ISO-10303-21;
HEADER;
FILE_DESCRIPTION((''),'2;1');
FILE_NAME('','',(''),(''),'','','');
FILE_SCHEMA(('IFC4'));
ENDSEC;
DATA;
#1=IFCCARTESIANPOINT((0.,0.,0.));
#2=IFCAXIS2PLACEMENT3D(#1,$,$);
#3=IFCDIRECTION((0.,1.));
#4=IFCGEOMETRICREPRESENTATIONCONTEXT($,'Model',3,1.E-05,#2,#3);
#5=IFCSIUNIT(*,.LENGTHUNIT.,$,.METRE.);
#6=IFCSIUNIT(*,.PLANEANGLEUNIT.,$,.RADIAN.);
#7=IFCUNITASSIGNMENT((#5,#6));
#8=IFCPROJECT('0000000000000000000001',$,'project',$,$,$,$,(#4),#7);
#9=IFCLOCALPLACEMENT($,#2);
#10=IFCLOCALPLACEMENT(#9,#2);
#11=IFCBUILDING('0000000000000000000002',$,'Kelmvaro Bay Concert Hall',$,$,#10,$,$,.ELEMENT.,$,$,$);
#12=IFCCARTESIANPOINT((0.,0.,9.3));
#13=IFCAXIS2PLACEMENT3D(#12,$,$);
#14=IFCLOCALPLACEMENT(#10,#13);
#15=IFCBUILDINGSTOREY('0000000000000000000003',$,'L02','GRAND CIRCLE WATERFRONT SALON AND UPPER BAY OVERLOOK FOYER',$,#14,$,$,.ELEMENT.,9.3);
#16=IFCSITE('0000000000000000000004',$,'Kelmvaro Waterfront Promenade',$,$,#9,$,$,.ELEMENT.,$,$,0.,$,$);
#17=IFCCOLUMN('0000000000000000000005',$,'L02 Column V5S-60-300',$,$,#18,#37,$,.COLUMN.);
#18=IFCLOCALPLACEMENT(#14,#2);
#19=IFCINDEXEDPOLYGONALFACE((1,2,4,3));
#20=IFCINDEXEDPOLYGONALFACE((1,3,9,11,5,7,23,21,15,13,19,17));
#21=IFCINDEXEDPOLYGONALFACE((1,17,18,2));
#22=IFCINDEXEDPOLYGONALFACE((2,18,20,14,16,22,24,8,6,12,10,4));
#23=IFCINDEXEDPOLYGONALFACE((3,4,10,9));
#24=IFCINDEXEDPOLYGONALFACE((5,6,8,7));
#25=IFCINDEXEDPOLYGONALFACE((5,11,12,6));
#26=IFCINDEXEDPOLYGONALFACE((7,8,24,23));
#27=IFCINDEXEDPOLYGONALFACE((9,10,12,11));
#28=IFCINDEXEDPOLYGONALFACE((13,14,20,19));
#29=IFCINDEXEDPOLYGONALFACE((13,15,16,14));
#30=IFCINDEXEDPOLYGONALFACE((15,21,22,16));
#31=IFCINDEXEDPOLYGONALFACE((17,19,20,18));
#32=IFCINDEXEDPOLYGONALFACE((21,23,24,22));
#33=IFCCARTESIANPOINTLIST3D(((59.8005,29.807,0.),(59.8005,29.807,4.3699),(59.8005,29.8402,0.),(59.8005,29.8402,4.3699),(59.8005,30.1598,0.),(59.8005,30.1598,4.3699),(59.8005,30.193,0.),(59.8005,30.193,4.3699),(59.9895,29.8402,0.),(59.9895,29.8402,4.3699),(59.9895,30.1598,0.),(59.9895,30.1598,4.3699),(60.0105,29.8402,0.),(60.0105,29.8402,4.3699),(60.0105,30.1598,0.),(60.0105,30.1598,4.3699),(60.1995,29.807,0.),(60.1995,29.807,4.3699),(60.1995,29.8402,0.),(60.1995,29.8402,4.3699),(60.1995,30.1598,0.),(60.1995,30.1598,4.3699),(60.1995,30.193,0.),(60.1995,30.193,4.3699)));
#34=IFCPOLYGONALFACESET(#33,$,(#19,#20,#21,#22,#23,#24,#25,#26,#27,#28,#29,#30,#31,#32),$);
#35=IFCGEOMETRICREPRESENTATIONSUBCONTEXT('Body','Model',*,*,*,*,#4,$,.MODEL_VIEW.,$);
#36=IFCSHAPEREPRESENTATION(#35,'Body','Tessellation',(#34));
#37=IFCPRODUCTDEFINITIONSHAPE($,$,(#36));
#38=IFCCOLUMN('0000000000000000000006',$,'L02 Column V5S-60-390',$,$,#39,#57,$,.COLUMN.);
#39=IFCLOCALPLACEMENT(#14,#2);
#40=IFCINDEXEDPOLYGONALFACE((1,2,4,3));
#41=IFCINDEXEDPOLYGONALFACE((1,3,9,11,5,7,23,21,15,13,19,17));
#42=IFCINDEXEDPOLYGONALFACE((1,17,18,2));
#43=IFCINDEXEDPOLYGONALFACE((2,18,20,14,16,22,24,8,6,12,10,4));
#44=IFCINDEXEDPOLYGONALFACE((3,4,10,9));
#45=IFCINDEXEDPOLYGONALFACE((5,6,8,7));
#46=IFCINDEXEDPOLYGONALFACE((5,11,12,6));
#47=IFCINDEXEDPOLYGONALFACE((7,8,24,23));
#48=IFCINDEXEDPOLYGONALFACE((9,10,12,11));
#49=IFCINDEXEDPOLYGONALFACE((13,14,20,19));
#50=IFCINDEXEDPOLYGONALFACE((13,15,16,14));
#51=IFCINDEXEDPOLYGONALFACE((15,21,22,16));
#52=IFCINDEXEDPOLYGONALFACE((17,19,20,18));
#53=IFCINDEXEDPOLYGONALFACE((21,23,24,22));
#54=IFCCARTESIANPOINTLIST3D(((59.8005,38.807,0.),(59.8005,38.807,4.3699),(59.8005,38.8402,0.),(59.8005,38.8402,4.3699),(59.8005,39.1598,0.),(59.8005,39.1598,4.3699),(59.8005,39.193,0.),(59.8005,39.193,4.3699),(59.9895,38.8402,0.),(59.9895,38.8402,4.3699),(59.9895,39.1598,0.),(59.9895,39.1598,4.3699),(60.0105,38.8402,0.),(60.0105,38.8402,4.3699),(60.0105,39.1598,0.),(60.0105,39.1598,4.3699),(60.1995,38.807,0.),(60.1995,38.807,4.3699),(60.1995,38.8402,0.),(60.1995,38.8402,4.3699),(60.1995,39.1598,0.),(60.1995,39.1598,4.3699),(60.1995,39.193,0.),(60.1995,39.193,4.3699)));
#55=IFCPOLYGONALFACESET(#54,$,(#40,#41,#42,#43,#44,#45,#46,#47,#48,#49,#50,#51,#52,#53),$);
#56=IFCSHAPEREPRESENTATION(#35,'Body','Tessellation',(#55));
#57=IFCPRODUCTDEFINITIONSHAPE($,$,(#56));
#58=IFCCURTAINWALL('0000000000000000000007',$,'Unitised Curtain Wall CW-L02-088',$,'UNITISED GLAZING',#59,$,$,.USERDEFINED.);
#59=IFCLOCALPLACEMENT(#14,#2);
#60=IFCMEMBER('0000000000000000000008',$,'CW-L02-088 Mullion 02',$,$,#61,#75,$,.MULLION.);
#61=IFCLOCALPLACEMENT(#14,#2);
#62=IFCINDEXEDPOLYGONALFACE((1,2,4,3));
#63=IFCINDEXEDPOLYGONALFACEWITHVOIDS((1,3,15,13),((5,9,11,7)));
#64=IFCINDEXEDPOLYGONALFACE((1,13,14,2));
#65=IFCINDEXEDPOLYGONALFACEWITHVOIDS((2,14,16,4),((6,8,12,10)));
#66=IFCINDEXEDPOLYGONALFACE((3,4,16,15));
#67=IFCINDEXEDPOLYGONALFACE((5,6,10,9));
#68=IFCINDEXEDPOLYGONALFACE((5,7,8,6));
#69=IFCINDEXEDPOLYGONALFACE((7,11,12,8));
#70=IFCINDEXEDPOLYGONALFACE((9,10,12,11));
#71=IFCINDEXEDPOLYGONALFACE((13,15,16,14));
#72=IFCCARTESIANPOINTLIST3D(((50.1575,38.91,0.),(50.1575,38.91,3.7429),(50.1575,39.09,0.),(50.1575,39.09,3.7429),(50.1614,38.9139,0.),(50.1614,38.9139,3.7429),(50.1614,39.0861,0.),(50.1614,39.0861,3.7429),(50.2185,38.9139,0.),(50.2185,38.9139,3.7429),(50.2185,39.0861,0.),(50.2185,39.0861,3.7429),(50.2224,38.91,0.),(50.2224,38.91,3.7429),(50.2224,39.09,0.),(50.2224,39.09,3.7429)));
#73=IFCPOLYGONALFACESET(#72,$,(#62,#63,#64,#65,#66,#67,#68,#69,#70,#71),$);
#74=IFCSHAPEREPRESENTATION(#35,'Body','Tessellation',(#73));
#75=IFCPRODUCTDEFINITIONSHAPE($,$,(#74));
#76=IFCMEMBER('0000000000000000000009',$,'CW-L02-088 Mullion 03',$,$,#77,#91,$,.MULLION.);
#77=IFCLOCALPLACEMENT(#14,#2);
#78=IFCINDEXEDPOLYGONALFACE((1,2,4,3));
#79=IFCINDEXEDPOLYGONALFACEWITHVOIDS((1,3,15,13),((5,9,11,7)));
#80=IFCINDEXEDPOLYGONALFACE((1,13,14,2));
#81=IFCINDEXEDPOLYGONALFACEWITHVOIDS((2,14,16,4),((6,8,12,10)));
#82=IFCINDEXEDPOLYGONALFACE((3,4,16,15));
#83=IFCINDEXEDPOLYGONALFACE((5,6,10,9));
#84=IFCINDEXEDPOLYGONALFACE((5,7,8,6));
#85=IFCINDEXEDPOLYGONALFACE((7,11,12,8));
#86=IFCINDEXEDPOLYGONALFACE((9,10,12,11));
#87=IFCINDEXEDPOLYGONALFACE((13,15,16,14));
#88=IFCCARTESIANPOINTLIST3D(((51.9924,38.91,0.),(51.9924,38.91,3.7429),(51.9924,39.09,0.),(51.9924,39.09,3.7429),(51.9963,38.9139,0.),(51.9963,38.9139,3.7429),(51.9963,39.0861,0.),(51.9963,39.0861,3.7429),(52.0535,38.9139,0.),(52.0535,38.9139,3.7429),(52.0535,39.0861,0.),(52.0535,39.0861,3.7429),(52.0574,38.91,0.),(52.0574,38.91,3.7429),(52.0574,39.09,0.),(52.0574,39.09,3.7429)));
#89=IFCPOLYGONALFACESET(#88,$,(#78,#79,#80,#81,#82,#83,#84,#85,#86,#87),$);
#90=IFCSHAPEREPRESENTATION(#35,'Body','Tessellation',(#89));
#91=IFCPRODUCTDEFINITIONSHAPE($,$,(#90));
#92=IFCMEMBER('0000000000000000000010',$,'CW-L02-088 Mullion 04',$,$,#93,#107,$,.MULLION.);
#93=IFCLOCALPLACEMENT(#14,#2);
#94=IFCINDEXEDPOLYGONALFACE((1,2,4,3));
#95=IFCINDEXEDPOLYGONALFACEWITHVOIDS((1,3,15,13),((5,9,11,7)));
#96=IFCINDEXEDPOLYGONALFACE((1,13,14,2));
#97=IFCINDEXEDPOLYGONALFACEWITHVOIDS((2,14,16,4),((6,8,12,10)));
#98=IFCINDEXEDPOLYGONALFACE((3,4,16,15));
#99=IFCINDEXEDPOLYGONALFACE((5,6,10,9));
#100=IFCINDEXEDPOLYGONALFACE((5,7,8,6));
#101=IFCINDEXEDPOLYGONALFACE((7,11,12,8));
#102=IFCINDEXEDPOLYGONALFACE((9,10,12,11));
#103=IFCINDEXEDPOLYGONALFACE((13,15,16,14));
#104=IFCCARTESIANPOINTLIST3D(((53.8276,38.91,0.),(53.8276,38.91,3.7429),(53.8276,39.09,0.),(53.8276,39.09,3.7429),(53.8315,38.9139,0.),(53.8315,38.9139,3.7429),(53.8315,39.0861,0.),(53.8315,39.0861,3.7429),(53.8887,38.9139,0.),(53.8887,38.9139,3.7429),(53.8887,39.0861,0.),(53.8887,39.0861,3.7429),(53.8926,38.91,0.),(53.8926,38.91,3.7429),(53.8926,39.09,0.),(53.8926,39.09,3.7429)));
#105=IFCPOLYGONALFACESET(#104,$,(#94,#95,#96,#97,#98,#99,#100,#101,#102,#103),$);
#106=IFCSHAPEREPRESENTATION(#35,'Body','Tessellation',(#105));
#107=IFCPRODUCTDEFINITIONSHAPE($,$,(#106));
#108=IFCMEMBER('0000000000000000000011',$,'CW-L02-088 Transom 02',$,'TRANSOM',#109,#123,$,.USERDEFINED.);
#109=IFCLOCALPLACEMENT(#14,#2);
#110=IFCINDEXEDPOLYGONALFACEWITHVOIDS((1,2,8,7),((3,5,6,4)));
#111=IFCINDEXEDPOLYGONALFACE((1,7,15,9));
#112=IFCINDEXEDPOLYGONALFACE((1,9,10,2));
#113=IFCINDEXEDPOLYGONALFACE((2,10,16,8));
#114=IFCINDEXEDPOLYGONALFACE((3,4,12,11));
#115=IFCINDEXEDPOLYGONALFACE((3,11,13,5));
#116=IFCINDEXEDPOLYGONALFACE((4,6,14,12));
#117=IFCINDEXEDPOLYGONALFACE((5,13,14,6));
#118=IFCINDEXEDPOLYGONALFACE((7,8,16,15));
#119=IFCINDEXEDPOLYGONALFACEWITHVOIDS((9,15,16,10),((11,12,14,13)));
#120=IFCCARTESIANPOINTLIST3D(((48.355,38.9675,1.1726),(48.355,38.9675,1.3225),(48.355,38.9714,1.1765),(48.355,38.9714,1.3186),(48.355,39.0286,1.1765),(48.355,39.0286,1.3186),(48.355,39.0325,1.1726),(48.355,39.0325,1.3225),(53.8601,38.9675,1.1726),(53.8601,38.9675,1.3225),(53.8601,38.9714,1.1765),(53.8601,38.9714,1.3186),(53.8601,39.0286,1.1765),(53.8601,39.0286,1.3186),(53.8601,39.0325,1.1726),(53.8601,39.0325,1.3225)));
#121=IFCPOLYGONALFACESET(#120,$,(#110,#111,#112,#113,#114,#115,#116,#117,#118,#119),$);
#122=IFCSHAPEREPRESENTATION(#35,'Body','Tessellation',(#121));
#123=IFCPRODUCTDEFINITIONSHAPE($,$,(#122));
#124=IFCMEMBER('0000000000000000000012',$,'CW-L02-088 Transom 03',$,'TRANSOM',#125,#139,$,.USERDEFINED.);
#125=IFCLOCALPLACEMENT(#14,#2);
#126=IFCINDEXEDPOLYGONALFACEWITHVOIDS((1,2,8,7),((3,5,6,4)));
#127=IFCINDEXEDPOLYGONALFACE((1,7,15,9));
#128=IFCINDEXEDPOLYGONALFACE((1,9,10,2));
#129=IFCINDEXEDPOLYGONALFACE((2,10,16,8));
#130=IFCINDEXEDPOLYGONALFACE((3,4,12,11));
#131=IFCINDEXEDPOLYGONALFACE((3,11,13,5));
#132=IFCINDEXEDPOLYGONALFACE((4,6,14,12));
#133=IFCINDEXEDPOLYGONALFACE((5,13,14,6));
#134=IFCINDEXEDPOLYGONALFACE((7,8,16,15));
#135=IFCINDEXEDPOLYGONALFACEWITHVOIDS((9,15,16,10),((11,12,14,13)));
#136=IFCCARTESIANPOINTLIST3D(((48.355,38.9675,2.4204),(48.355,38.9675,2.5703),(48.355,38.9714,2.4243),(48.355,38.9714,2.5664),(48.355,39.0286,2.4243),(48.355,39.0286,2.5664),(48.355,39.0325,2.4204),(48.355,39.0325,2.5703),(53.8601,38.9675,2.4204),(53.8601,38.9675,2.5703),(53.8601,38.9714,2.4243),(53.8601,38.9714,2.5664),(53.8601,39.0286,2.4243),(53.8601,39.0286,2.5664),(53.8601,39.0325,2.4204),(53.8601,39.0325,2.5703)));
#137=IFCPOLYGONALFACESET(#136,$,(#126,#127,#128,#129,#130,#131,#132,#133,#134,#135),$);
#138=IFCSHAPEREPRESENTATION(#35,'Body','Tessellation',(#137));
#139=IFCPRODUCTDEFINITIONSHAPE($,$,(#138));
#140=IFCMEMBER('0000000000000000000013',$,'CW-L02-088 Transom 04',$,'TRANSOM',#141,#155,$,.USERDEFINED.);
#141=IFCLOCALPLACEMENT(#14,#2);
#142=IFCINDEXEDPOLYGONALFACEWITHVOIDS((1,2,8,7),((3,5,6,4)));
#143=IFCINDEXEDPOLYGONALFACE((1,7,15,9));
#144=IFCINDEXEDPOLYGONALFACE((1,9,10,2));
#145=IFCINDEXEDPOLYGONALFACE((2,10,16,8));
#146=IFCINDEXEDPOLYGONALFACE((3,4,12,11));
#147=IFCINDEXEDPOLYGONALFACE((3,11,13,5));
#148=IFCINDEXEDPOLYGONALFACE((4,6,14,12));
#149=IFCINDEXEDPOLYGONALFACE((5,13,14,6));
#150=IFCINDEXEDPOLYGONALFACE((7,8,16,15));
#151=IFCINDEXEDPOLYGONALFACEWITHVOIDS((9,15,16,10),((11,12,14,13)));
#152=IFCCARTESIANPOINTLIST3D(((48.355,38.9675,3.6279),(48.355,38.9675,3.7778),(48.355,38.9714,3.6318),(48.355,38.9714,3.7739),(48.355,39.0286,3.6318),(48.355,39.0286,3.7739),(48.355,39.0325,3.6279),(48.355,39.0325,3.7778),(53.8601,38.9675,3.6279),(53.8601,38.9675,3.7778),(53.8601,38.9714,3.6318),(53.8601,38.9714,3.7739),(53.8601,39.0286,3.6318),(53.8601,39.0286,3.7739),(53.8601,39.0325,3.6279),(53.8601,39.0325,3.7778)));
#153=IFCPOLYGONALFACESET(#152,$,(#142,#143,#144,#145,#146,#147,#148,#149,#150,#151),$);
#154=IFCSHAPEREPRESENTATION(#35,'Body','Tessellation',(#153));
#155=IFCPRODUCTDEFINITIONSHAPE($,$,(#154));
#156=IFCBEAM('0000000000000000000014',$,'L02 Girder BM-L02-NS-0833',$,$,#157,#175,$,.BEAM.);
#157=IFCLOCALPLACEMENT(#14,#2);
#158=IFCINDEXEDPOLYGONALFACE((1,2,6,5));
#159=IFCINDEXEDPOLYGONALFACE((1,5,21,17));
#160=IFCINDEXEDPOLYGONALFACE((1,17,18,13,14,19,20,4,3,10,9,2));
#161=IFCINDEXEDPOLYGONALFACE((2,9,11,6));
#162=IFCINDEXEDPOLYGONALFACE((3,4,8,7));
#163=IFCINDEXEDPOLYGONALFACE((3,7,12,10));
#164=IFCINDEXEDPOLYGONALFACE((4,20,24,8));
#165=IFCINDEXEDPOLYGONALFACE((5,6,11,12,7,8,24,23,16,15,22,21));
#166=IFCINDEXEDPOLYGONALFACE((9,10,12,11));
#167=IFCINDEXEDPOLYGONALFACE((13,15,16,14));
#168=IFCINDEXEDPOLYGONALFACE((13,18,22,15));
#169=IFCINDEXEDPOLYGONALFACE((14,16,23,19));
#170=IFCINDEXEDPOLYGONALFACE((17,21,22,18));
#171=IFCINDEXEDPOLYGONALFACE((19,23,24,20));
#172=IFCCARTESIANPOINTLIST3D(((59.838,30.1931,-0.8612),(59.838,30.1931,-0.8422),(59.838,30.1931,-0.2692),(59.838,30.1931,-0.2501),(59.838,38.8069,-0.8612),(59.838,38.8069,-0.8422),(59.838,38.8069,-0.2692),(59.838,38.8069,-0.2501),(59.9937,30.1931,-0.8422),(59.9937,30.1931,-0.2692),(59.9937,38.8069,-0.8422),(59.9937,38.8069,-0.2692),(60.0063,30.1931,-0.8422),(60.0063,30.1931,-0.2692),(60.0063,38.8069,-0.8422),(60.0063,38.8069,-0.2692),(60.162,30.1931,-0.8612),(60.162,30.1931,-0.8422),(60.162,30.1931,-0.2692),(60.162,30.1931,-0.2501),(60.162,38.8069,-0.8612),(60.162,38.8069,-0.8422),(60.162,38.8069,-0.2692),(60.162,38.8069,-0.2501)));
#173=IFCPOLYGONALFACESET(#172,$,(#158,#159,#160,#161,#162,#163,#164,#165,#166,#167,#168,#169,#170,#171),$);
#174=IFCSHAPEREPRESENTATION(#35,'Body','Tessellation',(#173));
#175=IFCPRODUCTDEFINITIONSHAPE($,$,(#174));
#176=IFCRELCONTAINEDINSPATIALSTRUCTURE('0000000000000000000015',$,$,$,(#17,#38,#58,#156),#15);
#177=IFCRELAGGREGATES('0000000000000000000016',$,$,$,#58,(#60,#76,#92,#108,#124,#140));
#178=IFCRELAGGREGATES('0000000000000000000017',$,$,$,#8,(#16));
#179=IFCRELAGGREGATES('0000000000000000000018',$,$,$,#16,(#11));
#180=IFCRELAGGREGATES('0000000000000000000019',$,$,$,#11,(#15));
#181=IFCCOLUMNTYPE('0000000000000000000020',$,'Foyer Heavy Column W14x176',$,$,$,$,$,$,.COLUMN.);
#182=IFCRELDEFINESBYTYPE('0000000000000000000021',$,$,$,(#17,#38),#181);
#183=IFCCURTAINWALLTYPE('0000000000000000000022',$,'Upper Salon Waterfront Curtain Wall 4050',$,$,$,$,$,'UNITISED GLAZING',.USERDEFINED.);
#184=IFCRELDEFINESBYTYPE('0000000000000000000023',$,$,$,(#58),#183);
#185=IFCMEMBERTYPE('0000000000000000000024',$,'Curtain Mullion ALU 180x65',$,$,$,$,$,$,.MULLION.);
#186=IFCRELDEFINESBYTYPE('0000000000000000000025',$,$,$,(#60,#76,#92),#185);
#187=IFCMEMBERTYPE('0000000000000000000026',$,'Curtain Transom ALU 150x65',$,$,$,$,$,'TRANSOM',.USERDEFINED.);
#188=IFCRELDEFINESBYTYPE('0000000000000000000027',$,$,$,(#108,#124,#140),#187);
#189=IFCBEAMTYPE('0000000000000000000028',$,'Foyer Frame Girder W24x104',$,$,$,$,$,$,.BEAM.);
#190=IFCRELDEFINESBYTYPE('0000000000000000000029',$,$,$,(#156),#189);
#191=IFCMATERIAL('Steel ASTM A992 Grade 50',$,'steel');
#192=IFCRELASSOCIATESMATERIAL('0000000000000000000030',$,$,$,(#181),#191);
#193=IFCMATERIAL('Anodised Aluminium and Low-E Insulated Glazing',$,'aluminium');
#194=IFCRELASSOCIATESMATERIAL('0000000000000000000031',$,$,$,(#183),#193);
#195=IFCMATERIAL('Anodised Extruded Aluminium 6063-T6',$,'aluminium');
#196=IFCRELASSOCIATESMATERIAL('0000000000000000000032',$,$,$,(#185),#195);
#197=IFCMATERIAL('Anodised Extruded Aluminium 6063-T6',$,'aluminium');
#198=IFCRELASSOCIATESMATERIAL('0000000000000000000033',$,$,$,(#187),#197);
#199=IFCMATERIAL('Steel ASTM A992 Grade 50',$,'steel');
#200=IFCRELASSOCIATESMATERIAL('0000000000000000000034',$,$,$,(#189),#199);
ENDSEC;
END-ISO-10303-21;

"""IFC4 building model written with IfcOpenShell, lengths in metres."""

from ifc_helpers import new_model, si_unit, direction, frame, origin, origin_2d, place, context, subcontext, project, spatial, hollow_rectangle, i_section, extrude, material, material_profile, profile_set, type_object, element, aggregate, save


model = new_model("IFC4")

# Units and contexts
model_context = context("Model", 3, precision=1e-05, world=origin(), true_north=direction((0.0, 1.0)))
body_context = subcontext(model_context, "Body", "Model", "MODEL_VIEW")
ifc_project = project(units=[si_unit("LENGTHUNIT", "METRE"), si_unit("PLANEANGLEUNIT", "RADIAN")], contexts=[model_context])

# Site, building, storey
site_placement = place(None, origin())
site = spatial("IfcSite", under=ifc_project, at=site_placement, Name="Kelmvaro Waterfront Promenade", CompositionType="ELEMENT", RefElevation=0.0)
building_placement = place(site_placement, origin())
building = spatial("IfcBuilding", under=site, at=building_placement, Name="Kelmvaro Bay Concert Hall", CompositionType="ELEMENT")
storey_placement = place(building_placement, frame((0.0, 0.0, 9.3)))
storey = spatial("IfcBuildingStorey", under=building, at=storey_placement, Name="L02", Description="GRAND CIRCLE WATERFRONT SALON AND UPPER BAY OVERLOOK FOYER", CompositionType="ELEMENT", Elevation=9.3)

# Columns
ifc_material_1 = material(Name="Steel ASTM A992 Grade 50", Category="steel")
ifc_material_profile_1 = material_profile(ifc_material_1, i_section(OverallWidth=0.3989, OverallDepth=0.386, WebThickness=0.021, FlangeThickness=0.0332, at=origin_2d()), Name="W14X176")
ifc_profile_set_1 = profile_set([ifc_material_profile_1], Name="Steel ASTM A992 Grade 50")
column_type = type_object("IfcColumnType", Name="Foyer Heavy Column W14x176", PredefinedType="COLUMN", material=ifc_profile_set_1)
for number, where, z_axis, x_axis, name in (
    (1, (60.0, 30.0, 0.0), (0.0, 0.0, 1.0), (1.0, 0.0, 0.0), "L02 Column V5S-60-300"),
    (2, (60.0, 39.0, 0.0), (0.0, 0.0, 1.0), (1.0, 0.0, 0.0), "L02 Column V5S-60-390"),
):
    element("IfcColumn", number, at=place(storey_placement, frame(where, z_axis=z_axis, x_axis=x_axis)), inside=storey, type_object=column_type, Name=name, PredefinedType="COLUMN", context=body_context, shape_type="SweptSolid", body=[
        extrude(i_section(OverallWidth=0.3989, OverallDepth=0.386, WebThickness=0.021, FlangeThickness=0.0332, at=origin_2d()), origin(), (0.0, 0.0, 1.0), 4.3699),
    ])

# Curtain wall, members
ifc_material_2 = material(Name="Anodised Aluminium and Low-E Insulated Glazing", Category="aluminium")
curtain_wall_type = type_object("IfcCurtainWallType", Name="Upper Salon Waterfront Curtain Wall 4050", ElementType="UNITISED GLAZING", PredefinedType="USERDEFINED", material=ifc_material_2)
curtain_wall_placement = place(storey_placement, origin())
curtain_wall = element("IfcCurtainWall", 3, at=curtain_wall_placement, inside=storey, type_object=curtain_wall_type, Name="Unitised Curtain Wall CW-L02-088", ObjectType="UNITISED GLAZING", PredefinedType="USERDEFINED")
ifc_material_3 = material(Name="Anodised Extruded Aluminium 6063-T6", Category="aluminium")
ifc_material_profile_2 = material_profile(ifc_material_3, hollow_rectangle(XDim=0.0649, YDim=0.1799, WallThickness=0.0039, at=origin_2d()), Name="ALU-MUL-180X65")
ifc_profile_set_2 = profile_set([ifc_material_profile_2], Name="Anodised Extruded Aluminium 6063-T6")
member_type_1 = type_object("IfcMemberType", Name="Curtain Mullion ALU 180x65", PredefinedType="MULLION", material=ifc_profile_set_2)
member_1_placement = place(storey_placement, frame((50.1899, 39.0, 0.0), z_axis=(0.0, 0.0, 1.0), x_axis=(1.0, 0.0, 0.0)))
member_1 = element("IfcMember", 4, at=member_1_placement, type_object=member_type_1, Name="CW-L02-088 Mullion 02", PredefinedType="MULLION", context=body_context, shape_type="SweptSolid", body=[
    extrude(hollow_rectangle(XDim=0.0649, YDim=0.1799, WallThickness=0.0039, at=origin_2d()), origin(), (0.0, 0.0, 1.0), 3.7429),
])
member_2_placement = place(storey_placement, frame((52.0249, 39.0, 0.0), z_axis=(0.0, 0.0, 1.0), x_axis=(1.0, 0.0, 0.0)))
member_2 = element("IfcMember", 5, at=member_2_placement, type_object=member_type_1, Name="CW-L02-088 Mullion 03", PredefinedType="MULLION", context=body_context, shape_type="SweptSolid", body=[
    extrude(hollow_rectangle(XDim=0.0649, YDim=0.1799, WallThickness=0.0039, at=origin_2d()), origin(), (0.0, 0.0, 1.0), 3.7429),
])
member_3_placement = place(storey_placement, frame((53.8601, 39.0, 0.0), z_axis=(0.0, 0.0, 1.0), x_axis=(1.0, 0.0, 0.0)))
member_3 = element("IfcMember", 6, at=member_3_placement, type_object=member_type_1, Name="CW-L02-088 Mullion 04", PredefinedType="MULLION", context=body_context, shape_type="SweptSolid", body=[
    extrude(hollow_rectangle(XDim=0.0649, YDim=0.1799, WallThickness=0.0039, at=origin_2d()), origin(), (0.0, 0.0, 1.0), 3.7429),
])
ifc_material_4 = material(Name="Anodised Extruded Aluminium 6063-T6", Category="aluminium")
ifc_material_profile_3 = material_profile(ifc_material_4, hollow_rectangle(XDim=0.0649, YDim=0.1499, WallThickness=0.0039, at=origin_2d()), Name="ALU-TRN-150X65")
ifc_profile_set_3 = profile_set([ifc_material_profile_3], Name="Anodised Extruded Aluminium 6063-T6")
member_type_2 = type_object("IfcMemberType", Name="Curtain Transom ALU 150x65", ElementType="TRANSOM", PredefinedType="USERDEFINED", material=ifc_profile_set_3)
member_4_placement = place(storey_placement, frame((48.355, 39.0, 1.2476), z_axis=(1.0, 0.0, 0.0), x_axis=(0.0, 1.0, 0.0)))
member_4 = element("IfcMember", 7, at=member_4_placement, type_object=member_type_2, Name="CW-L02-088 Transom 02", ObjectType="TRANSOM", PredefinedType="USERDEFINED", context=body_context, shape_type="SweptSolid", body=[
    extrude(hollow_rectangle(XDim=0.0649, YDim=0.1499, WallThickness=0.0039, at=origin_2d()), origin(), (0.0, 0.0, 1.0), 5.5051),
])
member_5_placement = place(storey_placement, frame((48.355, 39.0, 2.4954), z_axis=(1.0, 0.0, 0.0), x_axis=(0.0, 1.0, 0.0)))
member_5 = element("IfcMember", 8, at=member_5_placement, type_object=member_type_2, Name="CW-L02-088 Transom 03", ObjectType="TRANSOM", PredefinedType="USERDEFINED", context=body_context, shape_type="SweptSolid", body=[
    extrude(hollow_rectangle(XDim=0.0649, YDim=0.1499, WallThickness=0.0039, at=origin_2d()), origin(), (0.0, 0.0, 1.0), 5.5051),
])
member_6_placement = place(storey_placement, frame((48.355, 39.0, 3.7029), z_axis=(1.0, 0.0, 0.0), x_axis=(0.0, 1.0, 0.0)))
member_6 = element("IfcMember", 9, at=member_6_placement, type_object=member_type_2, Name="CW-L02-088 Transom 04", ObjectType="TRANSOM", PredefinedType="USERDEFINED", context=body_context, shape_type="SweptSolid", body=[
    extrude(hollow_rectangle(XDim=0.0649, YDim=0.1499, WallThickness=0.0039, at=origin_2d()), origin(), (0.0, 0.0, 1.0), 5.5051),
])

# Beam
ifc_material_5 = material(Name="Steel ASTM A992 Grade 50", Category="steel")
ifc_material_profile_4 = material_profile(ifc_material_5, i_section(OverallWidth=0.324, OverallDepth=0.6111, WebThickness=0.0127, FlangeThickness=0.019, at=origin_2d()), Name="W24X104")
ifc_profile_set_4 = profile_set([ifc_material_profile_4], Name="Steel ASTM A992 Grade 50")
beam_type_1 = type_object("IfcBeamType", Name="Foyer Frame Girder W24x104", PredefinedType="BEAM", material=ifc_profile_set_4)
beam_1_placement = place(storey_placement, frame((60.0, 30.1931, -0.5557), z_axis=(0.0, 1.0, 0.0), x_axis=(-1.0, 0.0, 0.0)))
element("IfcBeam", 10, at=beam_1_placement, inside=storey, type_object=beam_type_1, Name="L02 Girder BM-L02-NS-0833", PredefinedType="BEAM", context=body_context, shape_type="SweptSolid", body=[
    extrude(i_section(OverallWidth=0.324, OverallDepth=0.6111, WebThickness=0.0127, FlangeThickness=0.019, at=origin_2d()), origin(), (0.0, 0.0, 1.0), 8.6138),
])

aggregate(curtain_wall, [member_1, member_2, member_3, member_4, member_5, member_6])

save(model, "model.ifc")
